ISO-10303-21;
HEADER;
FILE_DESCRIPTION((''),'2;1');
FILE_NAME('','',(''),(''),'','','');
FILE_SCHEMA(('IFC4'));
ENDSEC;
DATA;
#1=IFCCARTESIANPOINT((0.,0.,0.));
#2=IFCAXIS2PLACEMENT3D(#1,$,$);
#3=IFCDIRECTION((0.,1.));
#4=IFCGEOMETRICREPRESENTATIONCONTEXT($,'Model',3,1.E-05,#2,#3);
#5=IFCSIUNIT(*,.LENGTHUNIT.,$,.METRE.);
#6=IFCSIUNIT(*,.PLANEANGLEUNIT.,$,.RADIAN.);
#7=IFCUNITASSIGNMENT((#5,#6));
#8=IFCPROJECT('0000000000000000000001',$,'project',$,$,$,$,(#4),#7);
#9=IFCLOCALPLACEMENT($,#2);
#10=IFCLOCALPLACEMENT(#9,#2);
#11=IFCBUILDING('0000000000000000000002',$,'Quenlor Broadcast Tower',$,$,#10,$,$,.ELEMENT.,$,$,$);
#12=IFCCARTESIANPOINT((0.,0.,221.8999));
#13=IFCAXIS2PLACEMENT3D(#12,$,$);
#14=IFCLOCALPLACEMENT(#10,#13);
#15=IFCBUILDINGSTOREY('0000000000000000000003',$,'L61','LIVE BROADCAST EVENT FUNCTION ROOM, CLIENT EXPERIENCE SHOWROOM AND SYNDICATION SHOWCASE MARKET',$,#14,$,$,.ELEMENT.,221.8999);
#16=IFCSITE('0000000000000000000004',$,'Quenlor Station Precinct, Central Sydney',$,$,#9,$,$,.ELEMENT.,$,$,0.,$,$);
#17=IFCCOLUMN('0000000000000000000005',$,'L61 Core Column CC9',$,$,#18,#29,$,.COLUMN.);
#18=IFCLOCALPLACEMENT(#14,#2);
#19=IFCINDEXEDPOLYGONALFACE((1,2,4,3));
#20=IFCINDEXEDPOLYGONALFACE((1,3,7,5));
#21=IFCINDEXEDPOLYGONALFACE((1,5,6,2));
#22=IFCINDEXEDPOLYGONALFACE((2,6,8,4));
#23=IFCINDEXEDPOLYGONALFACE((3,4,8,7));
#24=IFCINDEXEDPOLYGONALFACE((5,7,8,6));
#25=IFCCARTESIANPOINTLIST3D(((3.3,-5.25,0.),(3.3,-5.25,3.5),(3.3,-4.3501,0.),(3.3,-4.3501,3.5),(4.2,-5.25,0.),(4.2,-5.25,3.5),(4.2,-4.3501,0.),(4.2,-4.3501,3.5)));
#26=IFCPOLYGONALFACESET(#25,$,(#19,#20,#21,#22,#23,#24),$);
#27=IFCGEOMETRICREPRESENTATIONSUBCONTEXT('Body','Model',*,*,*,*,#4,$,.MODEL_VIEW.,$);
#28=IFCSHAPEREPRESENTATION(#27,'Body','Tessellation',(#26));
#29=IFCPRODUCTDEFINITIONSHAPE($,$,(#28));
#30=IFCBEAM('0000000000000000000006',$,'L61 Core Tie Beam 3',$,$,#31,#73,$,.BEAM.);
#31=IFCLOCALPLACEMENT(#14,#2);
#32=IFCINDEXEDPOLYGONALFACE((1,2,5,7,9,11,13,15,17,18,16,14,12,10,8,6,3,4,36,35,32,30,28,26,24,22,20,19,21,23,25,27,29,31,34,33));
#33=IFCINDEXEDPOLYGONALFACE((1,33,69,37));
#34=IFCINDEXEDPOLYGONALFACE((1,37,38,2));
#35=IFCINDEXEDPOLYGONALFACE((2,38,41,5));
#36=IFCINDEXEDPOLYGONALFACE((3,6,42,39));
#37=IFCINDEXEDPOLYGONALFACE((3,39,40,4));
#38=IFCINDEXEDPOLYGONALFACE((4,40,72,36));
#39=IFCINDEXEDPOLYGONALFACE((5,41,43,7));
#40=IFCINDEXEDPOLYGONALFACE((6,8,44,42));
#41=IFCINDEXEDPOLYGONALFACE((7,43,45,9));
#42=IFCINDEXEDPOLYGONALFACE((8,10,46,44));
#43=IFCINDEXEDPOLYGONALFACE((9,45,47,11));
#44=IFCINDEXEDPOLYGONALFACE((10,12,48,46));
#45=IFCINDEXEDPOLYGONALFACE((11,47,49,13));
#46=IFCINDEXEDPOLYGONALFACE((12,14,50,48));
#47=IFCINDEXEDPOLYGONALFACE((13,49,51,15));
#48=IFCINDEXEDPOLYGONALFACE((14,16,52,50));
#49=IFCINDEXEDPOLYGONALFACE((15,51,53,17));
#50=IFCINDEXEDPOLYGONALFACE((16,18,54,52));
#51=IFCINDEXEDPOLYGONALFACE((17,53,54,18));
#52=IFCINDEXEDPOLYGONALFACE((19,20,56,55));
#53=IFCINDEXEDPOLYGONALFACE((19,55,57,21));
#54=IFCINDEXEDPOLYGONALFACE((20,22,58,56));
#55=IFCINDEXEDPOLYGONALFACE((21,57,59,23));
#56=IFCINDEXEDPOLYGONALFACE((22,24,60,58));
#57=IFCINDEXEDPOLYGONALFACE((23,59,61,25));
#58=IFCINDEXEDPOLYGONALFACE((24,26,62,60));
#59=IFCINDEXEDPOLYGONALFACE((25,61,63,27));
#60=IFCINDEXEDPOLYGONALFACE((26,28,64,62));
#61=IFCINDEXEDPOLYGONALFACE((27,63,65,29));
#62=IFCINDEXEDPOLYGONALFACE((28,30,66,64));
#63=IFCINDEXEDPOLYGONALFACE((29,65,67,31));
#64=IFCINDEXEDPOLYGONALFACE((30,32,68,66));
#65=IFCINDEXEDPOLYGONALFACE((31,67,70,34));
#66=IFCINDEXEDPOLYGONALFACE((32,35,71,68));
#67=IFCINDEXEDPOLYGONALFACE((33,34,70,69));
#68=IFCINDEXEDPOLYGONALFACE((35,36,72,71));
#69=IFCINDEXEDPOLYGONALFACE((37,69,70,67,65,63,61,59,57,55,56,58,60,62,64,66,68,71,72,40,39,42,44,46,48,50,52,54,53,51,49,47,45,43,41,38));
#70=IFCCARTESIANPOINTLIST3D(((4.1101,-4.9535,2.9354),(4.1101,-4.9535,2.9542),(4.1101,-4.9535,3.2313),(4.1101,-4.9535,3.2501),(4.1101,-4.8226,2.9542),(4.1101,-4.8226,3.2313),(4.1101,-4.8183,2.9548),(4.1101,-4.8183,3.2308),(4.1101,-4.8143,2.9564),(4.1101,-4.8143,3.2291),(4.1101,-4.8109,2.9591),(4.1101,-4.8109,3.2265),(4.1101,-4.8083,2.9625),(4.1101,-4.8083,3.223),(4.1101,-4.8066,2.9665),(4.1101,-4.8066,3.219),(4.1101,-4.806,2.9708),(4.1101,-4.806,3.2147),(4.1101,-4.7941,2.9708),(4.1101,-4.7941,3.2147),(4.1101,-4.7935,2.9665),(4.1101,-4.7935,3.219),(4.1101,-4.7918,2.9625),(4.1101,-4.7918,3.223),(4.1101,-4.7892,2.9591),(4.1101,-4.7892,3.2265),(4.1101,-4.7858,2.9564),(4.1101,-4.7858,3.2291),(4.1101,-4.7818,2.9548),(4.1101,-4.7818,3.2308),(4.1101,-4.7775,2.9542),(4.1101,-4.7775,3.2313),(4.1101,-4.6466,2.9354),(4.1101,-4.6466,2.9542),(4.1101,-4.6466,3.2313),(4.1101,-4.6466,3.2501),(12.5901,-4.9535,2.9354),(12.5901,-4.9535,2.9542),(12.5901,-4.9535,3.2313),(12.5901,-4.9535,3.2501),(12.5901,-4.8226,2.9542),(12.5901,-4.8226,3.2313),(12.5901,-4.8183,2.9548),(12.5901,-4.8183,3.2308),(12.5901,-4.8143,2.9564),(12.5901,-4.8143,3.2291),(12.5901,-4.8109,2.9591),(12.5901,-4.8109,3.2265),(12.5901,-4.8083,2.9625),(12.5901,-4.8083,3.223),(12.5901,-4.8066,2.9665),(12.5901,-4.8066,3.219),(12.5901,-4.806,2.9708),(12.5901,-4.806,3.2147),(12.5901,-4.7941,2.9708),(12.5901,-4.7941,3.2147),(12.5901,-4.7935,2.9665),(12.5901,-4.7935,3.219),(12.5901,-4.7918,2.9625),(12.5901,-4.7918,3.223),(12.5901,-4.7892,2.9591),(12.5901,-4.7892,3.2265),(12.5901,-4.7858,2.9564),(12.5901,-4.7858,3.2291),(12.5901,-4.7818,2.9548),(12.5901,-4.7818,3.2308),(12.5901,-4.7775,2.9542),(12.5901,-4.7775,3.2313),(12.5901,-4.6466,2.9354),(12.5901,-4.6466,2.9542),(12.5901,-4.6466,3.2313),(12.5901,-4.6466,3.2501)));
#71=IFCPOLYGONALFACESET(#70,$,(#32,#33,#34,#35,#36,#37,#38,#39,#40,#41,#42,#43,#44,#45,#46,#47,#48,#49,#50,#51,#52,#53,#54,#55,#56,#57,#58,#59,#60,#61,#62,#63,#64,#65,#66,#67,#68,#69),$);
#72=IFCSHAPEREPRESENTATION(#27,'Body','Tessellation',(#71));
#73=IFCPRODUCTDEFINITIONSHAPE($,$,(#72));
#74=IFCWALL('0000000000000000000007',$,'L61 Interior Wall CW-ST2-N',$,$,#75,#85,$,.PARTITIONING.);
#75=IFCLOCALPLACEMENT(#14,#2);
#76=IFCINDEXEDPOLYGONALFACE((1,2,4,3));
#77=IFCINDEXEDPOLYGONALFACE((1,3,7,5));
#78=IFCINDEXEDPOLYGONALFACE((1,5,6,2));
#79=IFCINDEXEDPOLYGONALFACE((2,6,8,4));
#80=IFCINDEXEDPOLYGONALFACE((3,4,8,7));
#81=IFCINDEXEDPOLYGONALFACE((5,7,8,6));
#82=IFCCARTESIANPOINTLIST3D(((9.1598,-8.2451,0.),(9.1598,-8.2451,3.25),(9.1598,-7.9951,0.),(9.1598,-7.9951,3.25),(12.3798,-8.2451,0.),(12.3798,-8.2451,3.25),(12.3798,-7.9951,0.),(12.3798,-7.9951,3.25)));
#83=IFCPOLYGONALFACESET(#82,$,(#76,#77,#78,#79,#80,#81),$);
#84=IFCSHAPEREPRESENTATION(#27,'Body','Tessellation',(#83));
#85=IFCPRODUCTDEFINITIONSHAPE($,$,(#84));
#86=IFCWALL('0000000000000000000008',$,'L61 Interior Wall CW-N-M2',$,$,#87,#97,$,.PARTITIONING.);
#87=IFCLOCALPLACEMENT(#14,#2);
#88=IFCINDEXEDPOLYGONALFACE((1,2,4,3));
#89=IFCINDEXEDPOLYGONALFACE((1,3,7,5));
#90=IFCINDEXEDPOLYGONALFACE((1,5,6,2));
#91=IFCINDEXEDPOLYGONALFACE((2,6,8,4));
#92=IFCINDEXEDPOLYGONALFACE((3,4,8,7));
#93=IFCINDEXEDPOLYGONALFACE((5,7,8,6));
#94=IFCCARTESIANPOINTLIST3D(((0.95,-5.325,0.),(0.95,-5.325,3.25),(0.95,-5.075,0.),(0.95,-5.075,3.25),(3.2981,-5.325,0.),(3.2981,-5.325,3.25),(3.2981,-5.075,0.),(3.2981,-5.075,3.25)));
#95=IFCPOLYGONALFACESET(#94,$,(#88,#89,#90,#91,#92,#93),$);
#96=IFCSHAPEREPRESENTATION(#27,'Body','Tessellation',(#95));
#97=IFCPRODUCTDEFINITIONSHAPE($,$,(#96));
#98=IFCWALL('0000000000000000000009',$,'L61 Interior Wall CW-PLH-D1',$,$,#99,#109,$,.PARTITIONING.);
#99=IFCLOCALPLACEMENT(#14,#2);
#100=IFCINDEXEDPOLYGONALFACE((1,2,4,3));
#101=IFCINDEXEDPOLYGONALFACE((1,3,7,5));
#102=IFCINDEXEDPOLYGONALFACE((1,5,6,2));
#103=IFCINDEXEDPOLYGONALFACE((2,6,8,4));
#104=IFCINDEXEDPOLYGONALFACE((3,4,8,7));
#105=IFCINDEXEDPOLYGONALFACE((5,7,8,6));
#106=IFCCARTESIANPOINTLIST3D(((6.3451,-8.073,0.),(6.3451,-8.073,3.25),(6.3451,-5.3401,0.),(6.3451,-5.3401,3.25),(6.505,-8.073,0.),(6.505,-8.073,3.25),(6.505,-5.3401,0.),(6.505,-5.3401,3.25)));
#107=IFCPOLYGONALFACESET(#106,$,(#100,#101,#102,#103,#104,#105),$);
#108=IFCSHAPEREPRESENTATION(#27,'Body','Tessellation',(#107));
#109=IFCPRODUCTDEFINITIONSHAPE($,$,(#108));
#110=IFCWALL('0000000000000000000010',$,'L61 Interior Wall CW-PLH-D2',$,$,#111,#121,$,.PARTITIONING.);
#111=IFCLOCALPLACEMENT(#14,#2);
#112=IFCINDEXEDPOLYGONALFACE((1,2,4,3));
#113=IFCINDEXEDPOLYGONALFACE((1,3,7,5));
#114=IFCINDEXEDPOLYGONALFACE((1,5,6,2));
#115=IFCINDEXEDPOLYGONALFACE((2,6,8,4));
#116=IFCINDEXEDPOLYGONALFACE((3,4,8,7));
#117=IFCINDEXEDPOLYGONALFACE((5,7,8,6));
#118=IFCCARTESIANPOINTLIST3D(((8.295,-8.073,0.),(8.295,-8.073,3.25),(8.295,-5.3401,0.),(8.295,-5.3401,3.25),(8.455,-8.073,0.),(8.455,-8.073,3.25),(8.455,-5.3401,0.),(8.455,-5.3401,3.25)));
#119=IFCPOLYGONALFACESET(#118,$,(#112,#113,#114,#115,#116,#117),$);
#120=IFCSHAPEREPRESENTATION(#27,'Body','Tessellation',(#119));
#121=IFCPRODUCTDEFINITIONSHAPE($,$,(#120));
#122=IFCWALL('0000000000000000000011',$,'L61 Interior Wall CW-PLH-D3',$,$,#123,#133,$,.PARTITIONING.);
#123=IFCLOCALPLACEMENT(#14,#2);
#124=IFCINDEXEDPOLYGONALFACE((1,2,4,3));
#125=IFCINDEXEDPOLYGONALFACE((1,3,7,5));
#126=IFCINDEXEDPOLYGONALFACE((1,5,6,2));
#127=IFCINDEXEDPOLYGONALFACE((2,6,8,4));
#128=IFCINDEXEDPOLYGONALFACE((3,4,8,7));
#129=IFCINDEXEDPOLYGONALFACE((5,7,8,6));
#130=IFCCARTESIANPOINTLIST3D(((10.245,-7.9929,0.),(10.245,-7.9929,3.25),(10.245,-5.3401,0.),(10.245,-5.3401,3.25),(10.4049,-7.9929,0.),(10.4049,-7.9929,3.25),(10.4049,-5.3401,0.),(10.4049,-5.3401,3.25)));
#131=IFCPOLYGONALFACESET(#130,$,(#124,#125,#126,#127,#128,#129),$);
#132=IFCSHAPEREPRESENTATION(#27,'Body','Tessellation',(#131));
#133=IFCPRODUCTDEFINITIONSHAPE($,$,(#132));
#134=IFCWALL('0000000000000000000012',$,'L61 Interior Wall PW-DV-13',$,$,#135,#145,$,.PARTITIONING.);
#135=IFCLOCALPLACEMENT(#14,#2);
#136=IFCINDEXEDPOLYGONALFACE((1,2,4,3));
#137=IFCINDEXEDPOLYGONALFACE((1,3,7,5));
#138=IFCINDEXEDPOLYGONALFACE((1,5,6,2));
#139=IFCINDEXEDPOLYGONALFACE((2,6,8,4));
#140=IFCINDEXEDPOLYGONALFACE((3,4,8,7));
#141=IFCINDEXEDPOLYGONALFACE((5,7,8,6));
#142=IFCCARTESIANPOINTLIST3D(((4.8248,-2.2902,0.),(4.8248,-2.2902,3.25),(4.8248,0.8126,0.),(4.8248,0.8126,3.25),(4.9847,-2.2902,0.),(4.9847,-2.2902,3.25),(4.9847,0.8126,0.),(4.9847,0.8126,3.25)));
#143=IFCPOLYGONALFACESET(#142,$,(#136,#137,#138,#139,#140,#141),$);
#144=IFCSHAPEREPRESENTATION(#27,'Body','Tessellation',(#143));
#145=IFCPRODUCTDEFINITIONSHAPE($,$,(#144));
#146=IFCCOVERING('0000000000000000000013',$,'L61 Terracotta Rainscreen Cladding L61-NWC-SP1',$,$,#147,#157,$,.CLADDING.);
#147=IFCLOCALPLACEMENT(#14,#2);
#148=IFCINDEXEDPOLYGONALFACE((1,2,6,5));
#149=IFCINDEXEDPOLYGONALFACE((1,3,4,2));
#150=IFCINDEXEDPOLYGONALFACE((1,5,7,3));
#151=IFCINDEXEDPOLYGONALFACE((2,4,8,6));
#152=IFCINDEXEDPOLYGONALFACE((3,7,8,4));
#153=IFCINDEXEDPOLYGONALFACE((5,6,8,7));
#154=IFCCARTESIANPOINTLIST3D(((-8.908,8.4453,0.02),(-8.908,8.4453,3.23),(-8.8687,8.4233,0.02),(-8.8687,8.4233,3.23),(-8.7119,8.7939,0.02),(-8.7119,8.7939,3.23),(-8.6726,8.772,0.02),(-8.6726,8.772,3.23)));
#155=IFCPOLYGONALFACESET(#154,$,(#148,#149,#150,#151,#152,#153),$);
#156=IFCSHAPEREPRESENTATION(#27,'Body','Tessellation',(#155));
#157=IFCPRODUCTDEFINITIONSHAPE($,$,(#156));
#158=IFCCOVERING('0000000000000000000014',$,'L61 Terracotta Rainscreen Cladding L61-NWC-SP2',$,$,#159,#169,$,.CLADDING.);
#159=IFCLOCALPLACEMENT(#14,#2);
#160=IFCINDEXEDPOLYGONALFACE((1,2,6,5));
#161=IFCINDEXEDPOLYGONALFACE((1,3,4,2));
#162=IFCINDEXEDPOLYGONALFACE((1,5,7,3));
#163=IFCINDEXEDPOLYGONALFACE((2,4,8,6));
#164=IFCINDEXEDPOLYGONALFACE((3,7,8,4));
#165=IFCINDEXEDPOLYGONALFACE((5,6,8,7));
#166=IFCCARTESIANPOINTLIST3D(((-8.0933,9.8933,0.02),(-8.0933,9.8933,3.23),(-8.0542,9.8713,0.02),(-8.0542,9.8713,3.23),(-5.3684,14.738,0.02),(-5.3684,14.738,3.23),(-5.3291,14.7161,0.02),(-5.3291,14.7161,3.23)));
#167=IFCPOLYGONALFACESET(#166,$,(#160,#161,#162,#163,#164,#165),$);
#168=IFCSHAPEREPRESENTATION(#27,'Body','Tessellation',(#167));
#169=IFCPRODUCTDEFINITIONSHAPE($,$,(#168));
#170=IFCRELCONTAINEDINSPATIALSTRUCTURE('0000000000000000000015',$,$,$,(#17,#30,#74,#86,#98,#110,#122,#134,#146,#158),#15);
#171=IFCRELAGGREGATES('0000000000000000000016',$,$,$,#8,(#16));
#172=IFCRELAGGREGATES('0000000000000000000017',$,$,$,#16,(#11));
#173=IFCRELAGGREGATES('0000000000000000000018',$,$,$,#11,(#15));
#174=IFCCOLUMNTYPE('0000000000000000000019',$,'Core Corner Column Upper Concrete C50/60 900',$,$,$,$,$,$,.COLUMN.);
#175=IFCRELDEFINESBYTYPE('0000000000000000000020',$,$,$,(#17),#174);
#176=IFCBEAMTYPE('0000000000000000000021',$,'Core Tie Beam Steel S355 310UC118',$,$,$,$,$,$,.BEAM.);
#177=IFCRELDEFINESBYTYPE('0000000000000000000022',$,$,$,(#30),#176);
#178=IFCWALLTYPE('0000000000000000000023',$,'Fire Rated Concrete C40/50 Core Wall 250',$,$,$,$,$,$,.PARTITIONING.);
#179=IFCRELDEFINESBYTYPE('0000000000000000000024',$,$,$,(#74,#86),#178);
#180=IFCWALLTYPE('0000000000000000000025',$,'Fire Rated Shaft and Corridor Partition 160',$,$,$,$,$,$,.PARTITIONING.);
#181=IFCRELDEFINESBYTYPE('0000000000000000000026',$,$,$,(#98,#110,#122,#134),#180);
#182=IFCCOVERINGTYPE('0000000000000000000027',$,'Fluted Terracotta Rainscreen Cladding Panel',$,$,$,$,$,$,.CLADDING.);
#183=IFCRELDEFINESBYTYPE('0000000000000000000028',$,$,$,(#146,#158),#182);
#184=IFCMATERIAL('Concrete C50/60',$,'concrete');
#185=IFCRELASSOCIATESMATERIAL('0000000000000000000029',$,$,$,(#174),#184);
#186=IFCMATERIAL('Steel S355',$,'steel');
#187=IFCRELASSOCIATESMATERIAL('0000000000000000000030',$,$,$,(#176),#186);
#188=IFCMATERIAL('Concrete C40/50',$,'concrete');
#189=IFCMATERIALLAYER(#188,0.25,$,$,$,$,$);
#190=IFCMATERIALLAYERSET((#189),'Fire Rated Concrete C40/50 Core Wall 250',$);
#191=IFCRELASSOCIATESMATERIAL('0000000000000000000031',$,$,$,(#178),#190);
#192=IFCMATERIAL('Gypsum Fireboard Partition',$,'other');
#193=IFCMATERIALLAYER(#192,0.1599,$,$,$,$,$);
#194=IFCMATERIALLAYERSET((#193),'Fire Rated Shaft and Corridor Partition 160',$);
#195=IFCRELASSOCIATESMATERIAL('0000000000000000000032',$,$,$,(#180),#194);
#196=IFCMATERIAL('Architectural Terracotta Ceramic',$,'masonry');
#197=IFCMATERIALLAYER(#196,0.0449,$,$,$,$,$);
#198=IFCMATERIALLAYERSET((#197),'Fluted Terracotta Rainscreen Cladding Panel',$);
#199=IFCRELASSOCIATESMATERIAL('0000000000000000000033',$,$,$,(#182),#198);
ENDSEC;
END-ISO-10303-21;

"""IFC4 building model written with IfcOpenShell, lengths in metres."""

from ifc_helpers import new_model, si_unit, direction, frame, frame_2d, origin, origin_2d, place, context, subcontext, project, spatial, polyline, rectangle, i_section, outline, extrude, material, layer, layer_set, material_profile, profile_set, type_object, element, save


model = new_model("IFC4")

# Units and contexts
model_context = context("Model", 3, precision=1e-05, world=origin(), true_north=direction((0.0, 1.0)))
body_context = subcontext(model_context, "Body", "Model", "MODEL_VIEW")
ifc_project = project(units=[si_unit("LENGTHUNIT", "METRE"), si_unit("PLANEANGLEUNIT", "RADIAN")], contexts=[model_context])

# Site, building, storey
site_placement = place(None, origin())
site = spatial("IfcSite", under=ifc_project, at=site_placement, Name="Quenlor Station Precinct, Central Sydney", CompositionType="ELEMENT", RefElevation=0.0)
building_placement = place(site_placement, origin())
building = spatial("IfcBuilding", under=site, at=building_placement, Name="Quenlor Broadcast Tower", CompositionType="ELEMENT")
storey_placement = place(building_placement, frame((0.0, 0.0, 221.8999)))
storey = spatial("IfcBuildingStorey", under=building, at=storey_placement, Name="L61", Description="LIVE BROADCAST EVENT FUNCTION ROOM, CLIENT EXPERIENCE SHOWROOM AND SYNDICATION SHOWCASE MARKET", CompositionType="ELEMENT", Elevation=221.8999)

# Column
ifc_material_1 = material(Name="Concrete C50/60", Category="concrete")
ifc_material_profile_1 = material_profile(ifc_material_1, rectangle(XDim=0.8999, YDim=0.8999, at=origin_2d()))
ifc_profile_set_1 = profile_set([ifc_material_profile_1], Name="Concrete C50/60 RC900x900")
column_type = type_object("IfcColumnType", Name="Core Corner Column Upper Concrete C50/60 900", PredefinedType="COLUMN", material=ifc_profile_set_1)
column_placement = place(storey_placement, frame((3.75, -4.8, 0.0), z_axis=(0.0, 0.0, 1.0), x_axis=(1.0, 0.0, 0.0)))
element("IfcColumn", 1, at=column_placement, inside=storey, type_object=column_type, Name="L61 Core Column CC9", PredefinedType="COLUMN", context=body_context, shape_type="SweptSolid", body=[
    extrude(rectangle(XDim=0.8999, YDim=0.8999, at=origin_2d()), origin(), (0.0, 0.0, 1.0), 3.5),
])

# Beam
ifc_material_2 = material(Name="Steel S355", Category="steel")
ifc_material_profile_2 = material_profile(ifc_material_2, i_section(OverallWidth=0.3069, OverallDepth=0.3147, WebThickness=0.012, FlangeThickness=0.0188, FilletRadius=0.0166, at=origin_2d()))
ifc_profile_set_2 = profile_set([ifc_material_profile_2], Name="Steel S355 310UC118")
beam_type = type_object("IfcBeamType", Name="Core Tie Beam Steel S355 310UC118", PredefinedType="BEAM", material=ifc_profile_set_2)
beam_placement = place(storey_placement, frame((4.1101, -4.8, 3.0928), z_axis=(1.0, 0.0, 0.0), x_axis=(0.0, 1.0, 0.0)))
element("IfcBeam", 2, at=beam_placement, inside=storey, type_object=beam_type, Name="L61 Core Tie Beam 3", PredefinedType="BEAM", context=body_context, shape_type="SweptSolid", body=[
    extrude(i_section(OverallWidth=0.3069, OverallDepth=0.3147, WebThickness=0.012, FlangeThickness=0.0188, FilletRadius=0.0166, at=origin_2d()), origin(), (0.0, 0.0, 1.0), 8.48),
])

# Wall
ifc_material_3 = material(Name="Concrete C40/50", Category="concrete")
ifc_layer_1 = layer(ifc_material_3, 0.25)
ifc_layer_set_1 = layer_set([ifc_layer_1], Name="Fire Rated Concrete C40/50 Core Wall 250")
wall_type_1 = type_object("IfcWallType", Name="Fire Rated Concrete C40/50 Core Wall 250", PredefinedType="PARTITIONING", material=ifc_layer_set_1)
wall_1_placement = place(storey_placement, frame((9.1599, -8.1201, 0.0), z_axis=(0.0, 0.0, 1.0), x_axis=(1.0, 0.0, 0.0)))
element("IfcWall", 3, at=wall_1_placement, inside=storey, type_object=wall_type_1, Name="L61 Interior Wall CW-ST2-N", PredefinedType="PARTITIONING", context=body_context, shape_type="SweptSolid", body=[
    extrude(rectangle(XDim=3.22, YDim=0.25, at=frame_2d((1.6099, 0.0))), origin(), (0.0, 0.0, 1.0), 3.25),
])

# Walls
wall_2_placement = place(storey_placement, frame((0.95, -5.2, 0.0), z_axis=(0.0, 0.0, 1.0), x_axis=(1.0, 0.0, 0.0)))
element("IfcWall", 4, at=wall_2_placement, inside=storey, type_object=wall_type_1, Name="L61 Interior Wall CW-N-M2", PredefinedType="PARTITIONING", context=body_context, shape_type="SweptSolid", body=[
    extrude(rectangle(XDim=2.3481, YDim=0.25, at=frame_2d((1.1741, 0.0))), origin(), (0.0, 0.0, 1.0), 3.25),
])
ifc_material_4 = material(Name="Gypsum Fireboard Partition", Category="other")
ifc_layer_2 = layer(ifc_material_4, 0.1599)
ifc_layer_set_2 = layer_set([ifc_layer_2], Name="Fire Rated Shaft and Corridor Partition 160")
wall_type_2 = type_object("IfcWallType", Name="Fire Rated Shaft and Corridor Partition 160", PredefinedType="PARTITIONING", material=ifc_layer_set_2)
for number, where, z_axis, x_axis, name in (
    (5, (6.425, -8.073, 0.0), (0.0, 0.0, 1.0), (0.0, 1.0, 0.0), "L61 Interior Wall CW-PLH-D1"),
    (6, (8.375, -8.073, 0.0), (0.0, 0.0, 1.0), (0.0, 1.0, 0.0), "L61 Interior Wall CW-PLH-D2"),
):
    element("IfcWall", number, at=place(storey_placement, frame(where, z_axis=z_axis, x_axis=x_axis)), inside=storey, type_object=wall_type_2, Name=name, PredefinedType="PARTITIONING", context=body_context, shape_type="SweptSolid", body=[
        extrude(rectangle(XDim=2.7329, YDim=0.1599, at=frame_2d((1.3665, 0.0))), origin(), (0.0, 0.0, 1.0), 3.25),
    ])
wall_3_placement = place(storey_placement, frame((10.325, -7.9929, 0.0), z_axis=(0.0, 0.0, 1.0), x_axis=(0.0, 1.0, 0.0)))
element("IfcWall", 7, at=wall_3_placement, inside=storey, type_object=wall_type_2, Name="L61 Interior Wall CW-PLH-D3", PredefinedType="PARTITIONING", context=body_context, shape_type="SweptSolid", body=[
    extrude(rectangle(XDim=2.6528, YDim=0.1599, at=frame_2d((1.3264, 0.0))), origin(), (0.0, 0.0, 1.0), 3.25),
])
wall_4_placement = place(storey_placement, frame((4.9048, -2.29, 0.0), z_axis=(0.0, 0.0, 1.0), x_axis=(0.0, 1.0, 0.0)))
element("IfcWall", 8, at=wall_4_placement, inside=storey, type_object=wall_type_2, Name="L61 Interior Wall PW-DV-13", PredefinedType="PARTITIONING", context=body_context, shape_type="SweptSolid", body=[
    extrude(rectangle(XDim=3.1028, YDim=0.1599, at=frame_2d((1.5513, 0.0))), origin(), (0.0, 0.0, 1.0), 3.25),
])

# Coverings
ifc_material_5 = material(Name="Architectural Terracotta Ceramic", Category="masonry")
ifc_layer_3 = layer(ifc_material_5, 0.0449)
ifc_layer_set_3 = layer_set([ifc_layer_3], Name="Fluted Terracotta Rainscreen Cladding Panel")
covering_type = type_object("IfcCoveringType", Name="Fluted Terracotta Rainscreen Cladding Panel", PredefinedType="CLADDING", material=ifc_layer_set_3)
covering_1_placement = place(storey_placement, frame((0.0, 0.0, 0.02)))
element("IfcCovering", 9, at=covering_1_placement, inside=storey, type_object=covering_type, Name="L61 Terracotta Rainscreen Cladding L61-NWC-SP1", PredefinedType="CLADDING", context=body_context, shape_type="SweptSolid", body=[
    extrude(outline(polyline([(-8.8687, 8.4233), (-8.6726, 8.772), (-8.7119, 8.7939), (-8.908, 8.4453), (-8.8687, 8.4233)])), origin(), (0.0, 0.0, 1.0), 3.21),
])
covering_2_placement = place(storey_placement, frame((0.0, 0.0, 0.02)))
element("IfcCovering", 10, at=covering_2_placement, inside=storey, type_object=covering_type, Name="L61 Terracotta Rainscreen Cladding L61-NWC-SP2", PredefinedType="CLADDING", context=body_context, shape_type="SweptSolid", body=[
    extrude(outline(polyline([(-8.0542, 9.8713), (-5.3291, 14.7161), (-5.3684, 14.738), (-8.0933, 9.8933), (-8.0542, 9.8713)])), origin(), (0.0, 0.0, 1.0), 3.21),
])

save(model, "model.ifc")
